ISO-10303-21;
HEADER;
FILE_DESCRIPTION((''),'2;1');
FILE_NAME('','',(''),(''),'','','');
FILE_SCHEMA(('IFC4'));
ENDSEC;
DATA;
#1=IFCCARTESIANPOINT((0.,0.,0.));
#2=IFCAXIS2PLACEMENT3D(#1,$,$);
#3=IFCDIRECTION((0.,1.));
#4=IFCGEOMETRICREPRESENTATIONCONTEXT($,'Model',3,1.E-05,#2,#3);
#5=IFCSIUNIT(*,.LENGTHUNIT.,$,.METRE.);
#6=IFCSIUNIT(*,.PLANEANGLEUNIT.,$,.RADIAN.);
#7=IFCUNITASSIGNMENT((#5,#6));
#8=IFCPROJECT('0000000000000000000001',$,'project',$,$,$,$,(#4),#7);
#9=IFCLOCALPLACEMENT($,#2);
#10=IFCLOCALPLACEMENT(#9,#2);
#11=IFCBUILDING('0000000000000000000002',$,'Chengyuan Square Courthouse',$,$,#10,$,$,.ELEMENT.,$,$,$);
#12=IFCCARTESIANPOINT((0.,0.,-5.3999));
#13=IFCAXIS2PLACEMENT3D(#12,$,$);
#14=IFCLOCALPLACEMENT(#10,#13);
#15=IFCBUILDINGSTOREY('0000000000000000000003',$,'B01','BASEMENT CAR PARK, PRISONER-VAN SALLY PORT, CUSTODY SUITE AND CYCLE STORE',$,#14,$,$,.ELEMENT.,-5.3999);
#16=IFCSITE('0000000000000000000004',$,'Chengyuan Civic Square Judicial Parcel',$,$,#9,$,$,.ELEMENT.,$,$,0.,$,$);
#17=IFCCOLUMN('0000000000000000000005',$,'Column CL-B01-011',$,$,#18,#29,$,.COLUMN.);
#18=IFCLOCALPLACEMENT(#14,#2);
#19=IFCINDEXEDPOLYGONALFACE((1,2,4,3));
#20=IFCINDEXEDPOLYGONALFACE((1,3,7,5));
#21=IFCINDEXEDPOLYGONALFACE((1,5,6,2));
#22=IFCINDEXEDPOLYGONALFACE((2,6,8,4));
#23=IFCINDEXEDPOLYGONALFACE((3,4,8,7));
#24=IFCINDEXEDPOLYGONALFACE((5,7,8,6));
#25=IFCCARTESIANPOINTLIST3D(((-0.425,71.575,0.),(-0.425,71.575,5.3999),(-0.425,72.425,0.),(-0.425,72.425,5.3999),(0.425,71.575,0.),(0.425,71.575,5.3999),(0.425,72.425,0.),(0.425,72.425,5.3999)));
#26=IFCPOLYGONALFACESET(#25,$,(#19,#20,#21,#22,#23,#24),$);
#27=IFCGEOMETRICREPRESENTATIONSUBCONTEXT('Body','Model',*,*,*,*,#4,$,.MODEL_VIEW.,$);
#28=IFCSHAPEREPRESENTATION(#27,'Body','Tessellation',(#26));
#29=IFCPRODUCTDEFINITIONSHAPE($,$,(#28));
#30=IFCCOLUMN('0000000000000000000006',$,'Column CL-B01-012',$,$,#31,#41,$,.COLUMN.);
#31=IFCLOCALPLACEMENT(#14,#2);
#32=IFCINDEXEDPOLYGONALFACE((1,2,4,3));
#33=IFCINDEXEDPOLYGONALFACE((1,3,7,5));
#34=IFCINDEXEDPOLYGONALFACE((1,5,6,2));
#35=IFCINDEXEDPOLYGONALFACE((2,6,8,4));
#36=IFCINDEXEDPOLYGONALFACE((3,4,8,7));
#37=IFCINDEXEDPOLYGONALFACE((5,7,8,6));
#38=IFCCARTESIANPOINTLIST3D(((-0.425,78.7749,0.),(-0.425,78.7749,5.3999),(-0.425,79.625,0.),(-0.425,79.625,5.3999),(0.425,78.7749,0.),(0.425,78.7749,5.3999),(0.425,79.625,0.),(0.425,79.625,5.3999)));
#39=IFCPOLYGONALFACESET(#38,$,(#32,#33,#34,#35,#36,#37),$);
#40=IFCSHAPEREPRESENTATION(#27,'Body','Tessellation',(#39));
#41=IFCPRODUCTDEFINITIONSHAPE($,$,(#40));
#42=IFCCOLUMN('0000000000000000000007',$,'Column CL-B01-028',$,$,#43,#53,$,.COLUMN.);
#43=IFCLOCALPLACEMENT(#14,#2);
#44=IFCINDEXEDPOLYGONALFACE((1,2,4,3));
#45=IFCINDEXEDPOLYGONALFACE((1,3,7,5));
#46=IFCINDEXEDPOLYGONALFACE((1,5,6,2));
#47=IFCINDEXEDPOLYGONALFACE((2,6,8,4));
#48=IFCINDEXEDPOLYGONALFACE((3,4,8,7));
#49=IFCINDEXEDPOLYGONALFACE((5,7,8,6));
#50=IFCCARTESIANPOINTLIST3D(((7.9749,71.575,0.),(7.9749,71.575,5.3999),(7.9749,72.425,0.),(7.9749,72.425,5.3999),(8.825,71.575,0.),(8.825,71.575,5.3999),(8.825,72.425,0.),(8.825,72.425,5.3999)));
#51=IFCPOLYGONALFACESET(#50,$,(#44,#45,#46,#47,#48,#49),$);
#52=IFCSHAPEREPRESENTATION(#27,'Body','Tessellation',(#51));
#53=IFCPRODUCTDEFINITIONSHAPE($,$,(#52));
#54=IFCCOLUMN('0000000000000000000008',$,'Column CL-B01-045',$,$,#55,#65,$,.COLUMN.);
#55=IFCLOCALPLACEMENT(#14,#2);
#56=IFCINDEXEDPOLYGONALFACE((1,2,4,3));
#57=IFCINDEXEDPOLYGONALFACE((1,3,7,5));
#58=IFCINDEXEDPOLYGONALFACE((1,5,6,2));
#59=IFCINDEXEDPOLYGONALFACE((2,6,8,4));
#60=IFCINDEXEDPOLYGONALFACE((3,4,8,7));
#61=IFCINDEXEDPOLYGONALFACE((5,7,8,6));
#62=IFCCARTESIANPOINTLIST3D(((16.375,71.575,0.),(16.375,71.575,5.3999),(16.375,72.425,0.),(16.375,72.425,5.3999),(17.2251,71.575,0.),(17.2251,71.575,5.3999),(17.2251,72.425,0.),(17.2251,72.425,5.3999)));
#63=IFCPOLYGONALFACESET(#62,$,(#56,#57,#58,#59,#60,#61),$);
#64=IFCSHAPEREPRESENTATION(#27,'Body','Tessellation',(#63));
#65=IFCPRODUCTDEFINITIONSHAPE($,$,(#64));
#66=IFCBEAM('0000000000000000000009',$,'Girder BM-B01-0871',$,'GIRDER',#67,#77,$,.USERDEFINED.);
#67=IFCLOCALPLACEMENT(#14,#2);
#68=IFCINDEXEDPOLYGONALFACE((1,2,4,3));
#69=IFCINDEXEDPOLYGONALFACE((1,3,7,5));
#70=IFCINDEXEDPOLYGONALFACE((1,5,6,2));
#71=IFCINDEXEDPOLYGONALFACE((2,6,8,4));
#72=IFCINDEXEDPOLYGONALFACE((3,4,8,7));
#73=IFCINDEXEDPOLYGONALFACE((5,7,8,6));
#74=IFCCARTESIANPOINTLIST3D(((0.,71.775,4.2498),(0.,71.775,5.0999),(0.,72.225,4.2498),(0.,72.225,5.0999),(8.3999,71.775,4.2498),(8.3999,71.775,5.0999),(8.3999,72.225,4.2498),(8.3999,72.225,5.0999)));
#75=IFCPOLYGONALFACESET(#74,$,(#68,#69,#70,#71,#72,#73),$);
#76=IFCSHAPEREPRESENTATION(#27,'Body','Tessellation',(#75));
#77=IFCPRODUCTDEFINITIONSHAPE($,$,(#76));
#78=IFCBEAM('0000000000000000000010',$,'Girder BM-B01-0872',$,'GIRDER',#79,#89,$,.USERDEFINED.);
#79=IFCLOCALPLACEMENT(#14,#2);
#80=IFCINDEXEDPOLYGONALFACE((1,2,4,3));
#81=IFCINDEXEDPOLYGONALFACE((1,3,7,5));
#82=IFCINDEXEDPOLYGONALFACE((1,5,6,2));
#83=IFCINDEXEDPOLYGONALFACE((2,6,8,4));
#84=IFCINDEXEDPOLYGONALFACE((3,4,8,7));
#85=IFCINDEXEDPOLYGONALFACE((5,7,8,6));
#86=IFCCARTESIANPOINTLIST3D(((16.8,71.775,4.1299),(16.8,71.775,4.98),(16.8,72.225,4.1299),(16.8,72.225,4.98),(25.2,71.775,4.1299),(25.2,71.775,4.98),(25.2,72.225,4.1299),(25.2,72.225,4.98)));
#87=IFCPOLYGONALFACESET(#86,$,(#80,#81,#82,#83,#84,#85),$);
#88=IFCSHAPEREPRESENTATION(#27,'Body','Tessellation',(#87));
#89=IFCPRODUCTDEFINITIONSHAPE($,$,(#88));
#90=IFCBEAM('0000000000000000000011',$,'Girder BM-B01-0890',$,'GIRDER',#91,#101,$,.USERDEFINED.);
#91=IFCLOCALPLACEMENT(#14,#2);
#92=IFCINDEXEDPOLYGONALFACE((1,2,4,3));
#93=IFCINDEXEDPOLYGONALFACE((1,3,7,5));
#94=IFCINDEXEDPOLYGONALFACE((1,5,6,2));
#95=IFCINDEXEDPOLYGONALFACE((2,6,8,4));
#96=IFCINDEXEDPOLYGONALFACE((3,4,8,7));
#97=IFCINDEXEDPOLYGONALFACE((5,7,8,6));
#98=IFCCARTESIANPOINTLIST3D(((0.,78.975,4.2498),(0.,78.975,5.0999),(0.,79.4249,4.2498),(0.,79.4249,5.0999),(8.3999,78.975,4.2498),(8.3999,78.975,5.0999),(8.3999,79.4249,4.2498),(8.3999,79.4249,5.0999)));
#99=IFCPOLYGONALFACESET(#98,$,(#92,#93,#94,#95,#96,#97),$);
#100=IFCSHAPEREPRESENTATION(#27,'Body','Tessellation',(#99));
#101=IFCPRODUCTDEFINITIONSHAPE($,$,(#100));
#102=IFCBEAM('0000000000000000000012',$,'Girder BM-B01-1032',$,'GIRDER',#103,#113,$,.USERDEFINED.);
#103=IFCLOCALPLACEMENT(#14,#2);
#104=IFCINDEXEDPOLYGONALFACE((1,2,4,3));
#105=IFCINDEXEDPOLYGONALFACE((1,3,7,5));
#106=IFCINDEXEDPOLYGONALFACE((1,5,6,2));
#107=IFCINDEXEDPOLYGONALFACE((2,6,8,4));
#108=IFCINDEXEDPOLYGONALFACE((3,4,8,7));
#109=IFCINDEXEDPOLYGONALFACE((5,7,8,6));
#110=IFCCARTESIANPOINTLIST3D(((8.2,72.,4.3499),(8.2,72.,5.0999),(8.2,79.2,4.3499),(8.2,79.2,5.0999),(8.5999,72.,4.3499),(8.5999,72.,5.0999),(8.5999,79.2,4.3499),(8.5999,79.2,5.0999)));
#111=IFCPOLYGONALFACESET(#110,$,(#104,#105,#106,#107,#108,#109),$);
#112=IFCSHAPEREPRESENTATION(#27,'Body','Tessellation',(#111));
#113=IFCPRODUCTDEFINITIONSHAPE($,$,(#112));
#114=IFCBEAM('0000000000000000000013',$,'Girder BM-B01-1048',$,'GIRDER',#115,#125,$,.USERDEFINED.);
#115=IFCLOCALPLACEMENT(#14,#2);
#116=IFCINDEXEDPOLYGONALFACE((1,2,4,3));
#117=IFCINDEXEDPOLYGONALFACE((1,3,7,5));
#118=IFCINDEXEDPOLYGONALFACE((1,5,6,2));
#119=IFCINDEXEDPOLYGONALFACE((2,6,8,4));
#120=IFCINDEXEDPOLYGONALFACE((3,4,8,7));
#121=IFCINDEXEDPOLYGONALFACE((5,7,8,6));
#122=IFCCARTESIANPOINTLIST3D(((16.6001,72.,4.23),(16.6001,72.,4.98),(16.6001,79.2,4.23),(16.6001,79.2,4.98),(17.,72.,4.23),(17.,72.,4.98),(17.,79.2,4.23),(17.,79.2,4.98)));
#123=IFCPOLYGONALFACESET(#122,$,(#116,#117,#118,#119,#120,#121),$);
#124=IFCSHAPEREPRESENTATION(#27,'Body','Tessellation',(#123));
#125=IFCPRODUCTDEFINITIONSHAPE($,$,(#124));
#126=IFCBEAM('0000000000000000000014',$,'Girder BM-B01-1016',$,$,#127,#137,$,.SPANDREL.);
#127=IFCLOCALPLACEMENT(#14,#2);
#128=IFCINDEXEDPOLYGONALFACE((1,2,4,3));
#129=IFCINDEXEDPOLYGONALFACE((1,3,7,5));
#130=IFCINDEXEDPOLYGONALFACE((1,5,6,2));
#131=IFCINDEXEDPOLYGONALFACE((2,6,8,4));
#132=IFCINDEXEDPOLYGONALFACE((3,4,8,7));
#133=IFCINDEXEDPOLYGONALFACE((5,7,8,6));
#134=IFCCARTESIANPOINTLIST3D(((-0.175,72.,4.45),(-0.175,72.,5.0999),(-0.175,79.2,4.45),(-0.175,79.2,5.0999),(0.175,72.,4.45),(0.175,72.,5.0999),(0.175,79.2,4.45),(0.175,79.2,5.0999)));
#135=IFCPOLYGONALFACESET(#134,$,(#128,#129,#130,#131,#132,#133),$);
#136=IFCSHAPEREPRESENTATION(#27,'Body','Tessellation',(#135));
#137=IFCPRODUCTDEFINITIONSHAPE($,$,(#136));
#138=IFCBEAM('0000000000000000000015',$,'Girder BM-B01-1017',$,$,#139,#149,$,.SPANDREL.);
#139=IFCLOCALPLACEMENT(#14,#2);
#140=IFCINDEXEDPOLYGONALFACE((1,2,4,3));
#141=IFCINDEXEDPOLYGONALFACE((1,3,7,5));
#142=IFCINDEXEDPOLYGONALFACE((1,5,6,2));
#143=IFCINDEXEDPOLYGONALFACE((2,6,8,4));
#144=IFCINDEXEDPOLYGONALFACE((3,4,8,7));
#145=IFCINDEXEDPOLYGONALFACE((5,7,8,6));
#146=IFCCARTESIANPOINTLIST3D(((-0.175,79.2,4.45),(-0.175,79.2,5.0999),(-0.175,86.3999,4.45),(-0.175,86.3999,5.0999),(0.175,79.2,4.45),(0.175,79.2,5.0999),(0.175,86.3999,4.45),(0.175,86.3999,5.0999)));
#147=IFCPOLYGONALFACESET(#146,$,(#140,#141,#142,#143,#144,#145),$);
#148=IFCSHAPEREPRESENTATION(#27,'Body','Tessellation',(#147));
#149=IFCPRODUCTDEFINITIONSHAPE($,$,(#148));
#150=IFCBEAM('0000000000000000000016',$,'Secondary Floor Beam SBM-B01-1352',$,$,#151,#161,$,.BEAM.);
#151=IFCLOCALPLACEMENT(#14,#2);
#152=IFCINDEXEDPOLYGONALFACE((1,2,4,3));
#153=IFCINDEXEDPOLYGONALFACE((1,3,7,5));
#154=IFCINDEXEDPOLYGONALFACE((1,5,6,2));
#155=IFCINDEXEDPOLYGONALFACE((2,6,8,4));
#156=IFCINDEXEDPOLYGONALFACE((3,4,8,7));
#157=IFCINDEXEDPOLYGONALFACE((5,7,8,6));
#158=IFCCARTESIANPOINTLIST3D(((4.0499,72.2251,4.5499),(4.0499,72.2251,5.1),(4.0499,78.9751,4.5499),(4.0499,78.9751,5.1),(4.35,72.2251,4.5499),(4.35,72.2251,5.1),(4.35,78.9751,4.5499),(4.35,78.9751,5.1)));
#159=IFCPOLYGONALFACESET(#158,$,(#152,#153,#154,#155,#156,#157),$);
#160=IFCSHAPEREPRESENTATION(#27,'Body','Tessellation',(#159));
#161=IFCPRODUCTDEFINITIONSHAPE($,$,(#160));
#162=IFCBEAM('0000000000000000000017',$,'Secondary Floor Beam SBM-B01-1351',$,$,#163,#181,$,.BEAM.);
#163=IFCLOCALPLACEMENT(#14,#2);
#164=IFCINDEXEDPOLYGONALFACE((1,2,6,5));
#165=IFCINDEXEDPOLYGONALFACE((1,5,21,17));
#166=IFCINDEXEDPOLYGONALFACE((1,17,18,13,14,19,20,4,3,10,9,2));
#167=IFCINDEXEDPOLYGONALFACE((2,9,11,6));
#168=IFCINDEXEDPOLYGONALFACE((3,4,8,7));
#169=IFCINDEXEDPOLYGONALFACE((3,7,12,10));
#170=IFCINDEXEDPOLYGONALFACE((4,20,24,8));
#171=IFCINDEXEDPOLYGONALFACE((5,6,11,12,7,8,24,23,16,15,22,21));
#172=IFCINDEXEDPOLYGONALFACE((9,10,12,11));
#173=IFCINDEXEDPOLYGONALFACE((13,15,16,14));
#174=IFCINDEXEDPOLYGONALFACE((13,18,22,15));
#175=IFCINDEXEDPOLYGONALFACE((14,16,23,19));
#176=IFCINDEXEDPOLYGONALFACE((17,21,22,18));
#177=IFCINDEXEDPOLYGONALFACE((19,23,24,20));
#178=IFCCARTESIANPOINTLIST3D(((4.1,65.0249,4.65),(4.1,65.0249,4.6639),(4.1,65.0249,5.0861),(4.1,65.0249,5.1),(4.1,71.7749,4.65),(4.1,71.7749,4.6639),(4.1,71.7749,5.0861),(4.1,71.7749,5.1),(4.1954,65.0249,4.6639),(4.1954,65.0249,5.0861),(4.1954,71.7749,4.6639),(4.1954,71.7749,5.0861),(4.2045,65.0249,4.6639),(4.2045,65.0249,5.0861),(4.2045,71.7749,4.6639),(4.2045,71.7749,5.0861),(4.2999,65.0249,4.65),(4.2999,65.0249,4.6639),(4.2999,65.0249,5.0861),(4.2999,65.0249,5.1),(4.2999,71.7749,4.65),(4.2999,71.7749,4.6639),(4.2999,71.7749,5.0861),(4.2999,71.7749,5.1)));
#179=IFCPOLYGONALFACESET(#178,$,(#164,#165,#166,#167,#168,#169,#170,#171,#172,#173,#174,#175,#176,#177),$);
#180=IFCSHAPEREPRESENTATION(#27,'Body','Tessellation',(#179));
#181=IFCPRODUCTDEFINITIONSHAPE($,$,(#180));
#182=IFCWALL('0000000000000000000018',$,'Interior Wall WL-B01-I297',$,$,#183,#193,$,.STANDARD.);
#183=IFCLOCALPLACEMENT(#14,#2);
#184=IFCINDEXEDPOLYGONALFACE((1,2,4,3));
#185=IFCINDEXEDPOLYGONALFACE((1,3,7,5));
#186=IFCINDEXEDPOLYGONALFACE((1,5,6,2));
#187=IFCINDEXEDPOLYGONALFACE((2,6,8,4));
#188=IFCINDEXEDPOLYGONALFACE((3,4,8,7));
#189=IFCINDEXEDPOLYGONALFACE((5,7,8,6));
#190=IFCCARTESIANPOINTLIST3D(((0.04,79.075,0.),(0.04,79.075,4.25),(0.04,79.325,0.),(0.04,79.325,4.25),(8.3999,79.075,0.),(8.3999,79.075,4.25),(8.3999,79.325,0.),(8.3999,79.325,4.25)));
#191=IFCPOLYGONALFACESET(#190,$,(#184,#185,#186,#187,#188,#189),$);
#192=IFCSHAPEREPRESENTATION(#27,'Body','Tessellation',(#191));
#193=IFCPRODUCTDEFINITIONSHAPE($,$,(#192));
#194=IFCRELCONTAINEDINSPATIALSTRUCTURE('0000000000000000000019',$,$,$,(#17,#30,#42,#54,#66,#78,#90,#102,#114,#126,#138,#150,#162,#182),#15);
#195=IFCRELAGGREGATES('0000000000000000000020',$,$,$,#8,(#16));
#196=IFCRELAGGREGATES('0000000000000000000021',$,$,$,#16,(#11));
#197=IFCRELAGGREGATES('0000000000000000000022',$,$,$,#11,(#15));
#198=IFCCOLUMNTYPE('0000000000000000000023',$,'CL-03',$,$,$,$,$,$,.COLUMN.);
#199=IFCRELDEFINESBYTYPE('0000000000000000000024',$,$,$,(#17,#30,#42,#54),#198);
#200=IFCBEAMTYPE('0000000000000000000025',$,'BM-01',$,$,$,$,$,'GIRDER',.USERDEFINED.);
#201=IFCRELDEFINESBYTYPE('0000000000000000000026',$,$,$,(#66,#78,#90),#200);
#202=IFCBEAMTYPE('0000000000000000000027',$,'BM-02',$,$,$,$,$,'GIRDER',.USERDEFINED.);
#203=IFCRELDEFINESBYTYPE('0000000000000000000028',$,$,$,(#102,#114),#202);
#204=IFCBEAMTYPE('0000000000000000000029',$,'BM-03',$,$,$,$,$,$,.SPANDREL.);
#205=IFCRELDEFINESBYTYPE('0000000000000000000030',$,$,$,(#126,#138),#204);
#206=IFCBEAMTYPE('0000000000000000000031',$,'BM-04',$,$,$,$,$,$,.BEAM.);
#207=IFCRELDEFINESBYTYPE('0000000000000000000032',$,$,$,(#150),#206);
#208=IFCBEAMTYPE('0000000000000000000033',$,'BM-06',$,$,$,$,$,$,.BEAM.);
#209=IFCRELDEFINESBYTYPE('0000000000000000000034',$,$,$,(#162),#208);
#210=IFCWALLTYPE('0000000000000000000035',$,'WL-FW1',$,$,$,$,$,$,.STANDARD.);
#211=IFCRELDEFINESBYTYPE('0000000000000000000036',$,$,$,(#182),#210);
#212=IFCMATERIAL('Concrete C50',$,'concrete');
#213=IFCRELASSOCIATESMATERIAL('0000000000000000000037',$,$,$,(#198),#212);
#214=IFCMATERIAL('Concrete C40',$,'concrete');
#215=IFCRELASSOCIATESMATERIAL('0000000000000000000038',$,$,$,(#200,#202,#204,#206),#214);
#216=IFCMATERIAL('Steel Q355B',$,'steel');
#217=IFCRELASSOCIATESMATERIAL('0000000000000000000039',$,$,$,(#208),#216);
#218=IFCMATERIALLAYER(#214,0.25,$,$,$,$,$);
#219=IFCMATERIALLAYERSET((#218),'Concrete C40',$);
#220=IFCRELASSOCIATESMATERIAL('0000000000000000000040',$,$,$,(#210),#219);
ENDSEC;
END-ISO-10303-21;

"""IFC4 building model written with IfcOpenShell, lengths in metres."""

from ifc_helpers import new_model, si_unit, direction, frame, frame_2d, origin, origin_2d, place, context, subcontext, project, spatial, rectangle, i_section, extrude, material, layer, layer_set, material_profile, profile_set, type_object, element, save


model = new_model("IFC4")

# Units and contexts
model_context = context("Model", 3, precision=1e-05, world=origin(), true_north=direction((0.0, 1.0)))
body_context = subcontext(model_context, "Body", "Model", "MODEL_VIEW")
ifc_project = project(units=[si_unit("LENGTHUNIT", "METRE"), si_unit("PLANEANGLEUNIT", "RADIAN")], contexts=[model_context])

# Site, building, storey
site_placement = place(None, origin())
site = spatial("IfcSite", under=ifc_project, at=site_placement, Name="Chengyuan Civic Square Judicial Parcel", CompositionType="ELEMENT", RefElevation=0.0)
building_placement = place(site_placement, origin())
building = spatial("IfcBuilding", under=site, at=building_placement, Name="Chengyuan Square Courthouse", CompositionType="ELEMENT")
storey_placement = place(building_placement, frame((0.0, 0.0, -5.3999)))
storey = spatial("IfcBuildingStorey", under=building, at=storey_placement, Name="B01", Description="BASEMENT CAR PARK, PRISONER-VAN SALLY PORT, CUSTODY SUITE AND CYCLE STORE", CompositionType="ELEMENT", Elevation=-5.3999)

# Columns
ifc_material_1 = material(Name="Concrete C50", Category="concrete")
ifc_material_profile_1 = material_profile(ifc_material_1, rectangle(XDim=0.8501, YDim=0.8501, at=origin_2d()), Name="RC-COL-850x850")
ifc_profile_set_1 = profile_set([ifc_material_profile_1], Name="Concrete C50")
column_type = type_object("IfcColumnType", Name="CL-03", PredefinedType="COLUMN", material=ifc_profile_set_1)
for number, where, z_axis, x_axis, name in (
    (1, (0.0, 72.0, 0.0), (0.0, 0.0, 1.0), (1.0, 0.0, 0.0), "Column CL-B01-011"),
    (2, (0.0, 79.2, 0.0), (0.0, 0.0, 1.0), (1.0, 0.0, 0.0), "Column CL-B01-012"),
    (3, (8.3999, 72.0, 0.0), (0.0, 0.0, 1.0), (1.0, 0.0, 0.0), "Column CL-B01-028"),
    (4, (16.8, 72.0, 0.0), (0.0, 0.0, 1.0), (1.0, 0.0, 0.0), "Column CL-B01-045"),
):
    element("IfcColumn", number, at=place(storey_placement, frame(where, z_axis=z_axis, x_axis=x_axis)), inside=storey, type_object=column_type, Name=name, PredefinedType="COLUMN", context=body_context, shape_type="SweptSolid", body=[
        extrude(rectangle(XDim=0.8501, YDim=0.8501, at=origin_2d()), origin(), (0.0, 0.0, 1.0), 5.3999),
    ])

# Beams
ifc_material_2 = material(Name="Concrete C40", Category="concrete")
ifc_material_profile_2 = material_profile(ifc_material_2, rectangle(XDim=0.45, YDim=0.8501, at=origin_2d()), Name="RC-BM-450x850")
ifc_profile_set_2 = profile_set([ifc_material_profile_2], Name="Concrete C40")
beam_type_1 = type_object("IfcBeamType", Name="BM-01", ElementType="GIRDER", PredefinedType="USERDEFINED", material=ifc_profile_set_2)
for number, where, z_axis, x_axis, name in (
    (5, (0.0, 72.0, 4.6748), (1.0, 0.0, 0.0), (0.0, 1.0, 0.0), "Girder BM-B01-0871"),
    (6, (16.8, 72.0, 4.5549), (1.0, 0.0, 0.0), (0.0, 1.0, 0.0), "Girder BM-B01-0872"),
    (7, (0.0, 79.2, 4.6748), (1.0, 0.0, 0.0), (0.0, 1.0, 0.0), "Girder BM-B01-0890"),
):
    element("IfcBeam", number, at=place(storey_placement, frame(where, z_axis=z_axis, x_axis=x_axis)), inside=storey, type_object=beam_type_1, Name=name, ObjectType="GIRDER", PredefinedType="USERDEFINED", context=body_context, shape_type="SweptSolid", body=[
        extrude(rectangle(XDim=0.45, YDim=0.8501, at=origin_2d()), origin(), (0.0, 0.0, 1.0), 8.3999),
    ])
ifc_material_profile_3 = material_profile(ifc_material_2, rectangle(XDim=0.3999, YDim=0.75, at=origin_2d()), Name="RC-BM-400x750")
ifc_profile_set_3 = profile_set([ifc_material_profile_3], Name="Concrete C40")
beam_type_2 = type_object("IfcBeamType", Name="BM-02", ElementType="GIRDER", PredefinedType="USERDEFINED", material=ifc_profile_set_3)
for number, where, z_axis, x_axis, name in (
    (8, (8.3999, 72.0, 4.7249), (0.0, 1.0, 0.0), (-1.0, 0.0, 0.0), "Girder BM-B01-1032"),
    (9, (16.8, 72.0, 4.605), (0.0, 1.0, 0.0), (-1.0, 0.0, 0.0), "Girder BM-B01-1048"),
):
    element("IfcBeam", number, at=place(storey_placement, frame(where, z_axis=z_axis, x_axis=x_axis)), inside=storey, type_object=beam_type_2, Name=name, ObjectType="GIRDER", PredefinedType="USERDEFINED", context=body_context, shape_type="SweptSolid", body=[
        extrude(rectangle(XDim=0.3999, YDim=0.75, at=origin_2d()), origin(), (0.0, 0.0, 1.0), 7.2),
    ])
ifc_material_profile_4 = material_profile(ifc_material_2, rectangle(XDim=0.3501, YDim=0.6499, at=origin_2d()), Name="RC-BM-350x650")
ifc_profile_set_4 = profile_set([ifc_material_profile_4], Name="Concrete C40")
beam_type_3 = type_object("IfcBeamType", Name="BM-03", PredefinedType="SPANDREL", material=ifc_profile_set_4)
for number, where, z_axis, x_axis, name in (
    (10, (0.0, 72.0, 4.7749), (0.0, 1.0, 0.0), (-1.0, 0.0, 0.0), "Girder BM-B01-1016"),
    (11, (0.0, 79.2, 4.7749), (0.0, 1.0, 0.0), (-1.0, 0.0, 0.0), "Girder BM-B01-1017"),
):
    element("IfcBeam", number, at=place(storey_placement, frame(where, z_axis=z_axis, x_axis=x_axis)), inside=storey, type_object=beam_type_3, Name=name, PredefinedType="SPANDREL", context=body_context, shape_type="SweptSolid", body=[
        extrude(rectangle(XDim=0.3501, YDim=0.6499, at=origin_2d()), origin(), (0.0, 0.0, 1.0), 7.2),
    ])
ifc_material_profile_5 = material_profile(ifc_material_2, rectangle(XDim=0.3, YDim=0.55, at=origin_2d()), Name="RC-BM-300x550")
ifc_profile_set_5 = profile_set([ifc_material_profile_5], Name="Concrete C40")
beam_type_4 = type_object("IfcBeamType", Name="BM-04", PredefinedType="BEAM", material=ifc_profile_set_5)
beam_1_placement = place(storey_placement, frame((4.2, 72.2251, 4.825), z_axis=(0.0, 1.0, 0.0), x_axis=(-1.0, 0.0, 0.0)))
element("IfcBeam", 12, at=beam_1_placement, inside=storey, type_object=beam_type_4, Name="Secondary Floor Beam SBM-B01-1352", PredefinedType="BEAM", context=body_context, shape_type="SweptSolid", body=[
    extrude(rectangle(XDim=0.3, YDim=0.55, at=origin_2d()), origin(), (0.0, 0.0, 1.0), 6.75),
])
ifc_material_3 = material(Name="Steel Q355B", Category="steel")
ifc_material_profile_6 = material_profile(ifc_material_3, i_section(OverallWidth=0.2, OverallDepth=0.45, WebThickness=0.009, FlangeThickness=0.0139, at=origin_2d()), Name="HN 450x200x9x14")
ifc_profile_set_6 = profile_set([ifc_material_profile_6], Name="Steel Q355B")
beam_type_5 = type_object("IfcBeamType", Name="BM-06", PredefinedType="BEAM", material=ifc_profile_set_6)
beam_2_placement = place(storey_placement, frame((4.2, 65.0249, 4.875), z_axis=(0.0, 1.0, 0.0), x_axis=(-1.0, 0.0, 0.0)))
element("IfcBeam", 13, at=beam_2_placement, inside=storey, type_object=beam_type_5, Name="Secondary Floor Beam SBM-B01-1351", PredefinedType="BEAM", context=body_context, shape_type="SweptSolid", body=[
    extrude(i_section(OverallWidth=0.2, OverallDepth=0.45, WebThickness=0.009, FlangeThickness=0.0139, at=origin_2d()), origin(), (0.0, 0.0, 1.0), 6.75),
])

# Wall
ifc_layer_1 = layer(ifc_material_2, 0.25)
ifc_layer_set_1 = layer_set([ifc_layer_1], Name="Concrete C40")
wall_type_1 = type_object("IfcWallType", Name="WL-FW1", PredefinedType="STANDARD", material=ifc_layer_set_1)
wall_placement = place(storey_placement, frame((0.04, 79.2, 0.0), z_axis=(0.0, 0.0, 1.0), x_axis=(1.0, 0.0, 0.0)))
element("IfcWall", 14, at=wall_placement, inside=storey, type_object=wall_type_1, Name="Interior Wall WL-B01-I297", PredefinedType="STANDARD", context=body_context, shape_type="SweptSolid", body=[
    extrude(rectangle(XDim=8.3599, YDim=0.25, at=frame_2d((4.1799, 0.0))), origin(), (0.0, 0.0, 1.0), 4.25),
])

save(model, "model.ifc")
